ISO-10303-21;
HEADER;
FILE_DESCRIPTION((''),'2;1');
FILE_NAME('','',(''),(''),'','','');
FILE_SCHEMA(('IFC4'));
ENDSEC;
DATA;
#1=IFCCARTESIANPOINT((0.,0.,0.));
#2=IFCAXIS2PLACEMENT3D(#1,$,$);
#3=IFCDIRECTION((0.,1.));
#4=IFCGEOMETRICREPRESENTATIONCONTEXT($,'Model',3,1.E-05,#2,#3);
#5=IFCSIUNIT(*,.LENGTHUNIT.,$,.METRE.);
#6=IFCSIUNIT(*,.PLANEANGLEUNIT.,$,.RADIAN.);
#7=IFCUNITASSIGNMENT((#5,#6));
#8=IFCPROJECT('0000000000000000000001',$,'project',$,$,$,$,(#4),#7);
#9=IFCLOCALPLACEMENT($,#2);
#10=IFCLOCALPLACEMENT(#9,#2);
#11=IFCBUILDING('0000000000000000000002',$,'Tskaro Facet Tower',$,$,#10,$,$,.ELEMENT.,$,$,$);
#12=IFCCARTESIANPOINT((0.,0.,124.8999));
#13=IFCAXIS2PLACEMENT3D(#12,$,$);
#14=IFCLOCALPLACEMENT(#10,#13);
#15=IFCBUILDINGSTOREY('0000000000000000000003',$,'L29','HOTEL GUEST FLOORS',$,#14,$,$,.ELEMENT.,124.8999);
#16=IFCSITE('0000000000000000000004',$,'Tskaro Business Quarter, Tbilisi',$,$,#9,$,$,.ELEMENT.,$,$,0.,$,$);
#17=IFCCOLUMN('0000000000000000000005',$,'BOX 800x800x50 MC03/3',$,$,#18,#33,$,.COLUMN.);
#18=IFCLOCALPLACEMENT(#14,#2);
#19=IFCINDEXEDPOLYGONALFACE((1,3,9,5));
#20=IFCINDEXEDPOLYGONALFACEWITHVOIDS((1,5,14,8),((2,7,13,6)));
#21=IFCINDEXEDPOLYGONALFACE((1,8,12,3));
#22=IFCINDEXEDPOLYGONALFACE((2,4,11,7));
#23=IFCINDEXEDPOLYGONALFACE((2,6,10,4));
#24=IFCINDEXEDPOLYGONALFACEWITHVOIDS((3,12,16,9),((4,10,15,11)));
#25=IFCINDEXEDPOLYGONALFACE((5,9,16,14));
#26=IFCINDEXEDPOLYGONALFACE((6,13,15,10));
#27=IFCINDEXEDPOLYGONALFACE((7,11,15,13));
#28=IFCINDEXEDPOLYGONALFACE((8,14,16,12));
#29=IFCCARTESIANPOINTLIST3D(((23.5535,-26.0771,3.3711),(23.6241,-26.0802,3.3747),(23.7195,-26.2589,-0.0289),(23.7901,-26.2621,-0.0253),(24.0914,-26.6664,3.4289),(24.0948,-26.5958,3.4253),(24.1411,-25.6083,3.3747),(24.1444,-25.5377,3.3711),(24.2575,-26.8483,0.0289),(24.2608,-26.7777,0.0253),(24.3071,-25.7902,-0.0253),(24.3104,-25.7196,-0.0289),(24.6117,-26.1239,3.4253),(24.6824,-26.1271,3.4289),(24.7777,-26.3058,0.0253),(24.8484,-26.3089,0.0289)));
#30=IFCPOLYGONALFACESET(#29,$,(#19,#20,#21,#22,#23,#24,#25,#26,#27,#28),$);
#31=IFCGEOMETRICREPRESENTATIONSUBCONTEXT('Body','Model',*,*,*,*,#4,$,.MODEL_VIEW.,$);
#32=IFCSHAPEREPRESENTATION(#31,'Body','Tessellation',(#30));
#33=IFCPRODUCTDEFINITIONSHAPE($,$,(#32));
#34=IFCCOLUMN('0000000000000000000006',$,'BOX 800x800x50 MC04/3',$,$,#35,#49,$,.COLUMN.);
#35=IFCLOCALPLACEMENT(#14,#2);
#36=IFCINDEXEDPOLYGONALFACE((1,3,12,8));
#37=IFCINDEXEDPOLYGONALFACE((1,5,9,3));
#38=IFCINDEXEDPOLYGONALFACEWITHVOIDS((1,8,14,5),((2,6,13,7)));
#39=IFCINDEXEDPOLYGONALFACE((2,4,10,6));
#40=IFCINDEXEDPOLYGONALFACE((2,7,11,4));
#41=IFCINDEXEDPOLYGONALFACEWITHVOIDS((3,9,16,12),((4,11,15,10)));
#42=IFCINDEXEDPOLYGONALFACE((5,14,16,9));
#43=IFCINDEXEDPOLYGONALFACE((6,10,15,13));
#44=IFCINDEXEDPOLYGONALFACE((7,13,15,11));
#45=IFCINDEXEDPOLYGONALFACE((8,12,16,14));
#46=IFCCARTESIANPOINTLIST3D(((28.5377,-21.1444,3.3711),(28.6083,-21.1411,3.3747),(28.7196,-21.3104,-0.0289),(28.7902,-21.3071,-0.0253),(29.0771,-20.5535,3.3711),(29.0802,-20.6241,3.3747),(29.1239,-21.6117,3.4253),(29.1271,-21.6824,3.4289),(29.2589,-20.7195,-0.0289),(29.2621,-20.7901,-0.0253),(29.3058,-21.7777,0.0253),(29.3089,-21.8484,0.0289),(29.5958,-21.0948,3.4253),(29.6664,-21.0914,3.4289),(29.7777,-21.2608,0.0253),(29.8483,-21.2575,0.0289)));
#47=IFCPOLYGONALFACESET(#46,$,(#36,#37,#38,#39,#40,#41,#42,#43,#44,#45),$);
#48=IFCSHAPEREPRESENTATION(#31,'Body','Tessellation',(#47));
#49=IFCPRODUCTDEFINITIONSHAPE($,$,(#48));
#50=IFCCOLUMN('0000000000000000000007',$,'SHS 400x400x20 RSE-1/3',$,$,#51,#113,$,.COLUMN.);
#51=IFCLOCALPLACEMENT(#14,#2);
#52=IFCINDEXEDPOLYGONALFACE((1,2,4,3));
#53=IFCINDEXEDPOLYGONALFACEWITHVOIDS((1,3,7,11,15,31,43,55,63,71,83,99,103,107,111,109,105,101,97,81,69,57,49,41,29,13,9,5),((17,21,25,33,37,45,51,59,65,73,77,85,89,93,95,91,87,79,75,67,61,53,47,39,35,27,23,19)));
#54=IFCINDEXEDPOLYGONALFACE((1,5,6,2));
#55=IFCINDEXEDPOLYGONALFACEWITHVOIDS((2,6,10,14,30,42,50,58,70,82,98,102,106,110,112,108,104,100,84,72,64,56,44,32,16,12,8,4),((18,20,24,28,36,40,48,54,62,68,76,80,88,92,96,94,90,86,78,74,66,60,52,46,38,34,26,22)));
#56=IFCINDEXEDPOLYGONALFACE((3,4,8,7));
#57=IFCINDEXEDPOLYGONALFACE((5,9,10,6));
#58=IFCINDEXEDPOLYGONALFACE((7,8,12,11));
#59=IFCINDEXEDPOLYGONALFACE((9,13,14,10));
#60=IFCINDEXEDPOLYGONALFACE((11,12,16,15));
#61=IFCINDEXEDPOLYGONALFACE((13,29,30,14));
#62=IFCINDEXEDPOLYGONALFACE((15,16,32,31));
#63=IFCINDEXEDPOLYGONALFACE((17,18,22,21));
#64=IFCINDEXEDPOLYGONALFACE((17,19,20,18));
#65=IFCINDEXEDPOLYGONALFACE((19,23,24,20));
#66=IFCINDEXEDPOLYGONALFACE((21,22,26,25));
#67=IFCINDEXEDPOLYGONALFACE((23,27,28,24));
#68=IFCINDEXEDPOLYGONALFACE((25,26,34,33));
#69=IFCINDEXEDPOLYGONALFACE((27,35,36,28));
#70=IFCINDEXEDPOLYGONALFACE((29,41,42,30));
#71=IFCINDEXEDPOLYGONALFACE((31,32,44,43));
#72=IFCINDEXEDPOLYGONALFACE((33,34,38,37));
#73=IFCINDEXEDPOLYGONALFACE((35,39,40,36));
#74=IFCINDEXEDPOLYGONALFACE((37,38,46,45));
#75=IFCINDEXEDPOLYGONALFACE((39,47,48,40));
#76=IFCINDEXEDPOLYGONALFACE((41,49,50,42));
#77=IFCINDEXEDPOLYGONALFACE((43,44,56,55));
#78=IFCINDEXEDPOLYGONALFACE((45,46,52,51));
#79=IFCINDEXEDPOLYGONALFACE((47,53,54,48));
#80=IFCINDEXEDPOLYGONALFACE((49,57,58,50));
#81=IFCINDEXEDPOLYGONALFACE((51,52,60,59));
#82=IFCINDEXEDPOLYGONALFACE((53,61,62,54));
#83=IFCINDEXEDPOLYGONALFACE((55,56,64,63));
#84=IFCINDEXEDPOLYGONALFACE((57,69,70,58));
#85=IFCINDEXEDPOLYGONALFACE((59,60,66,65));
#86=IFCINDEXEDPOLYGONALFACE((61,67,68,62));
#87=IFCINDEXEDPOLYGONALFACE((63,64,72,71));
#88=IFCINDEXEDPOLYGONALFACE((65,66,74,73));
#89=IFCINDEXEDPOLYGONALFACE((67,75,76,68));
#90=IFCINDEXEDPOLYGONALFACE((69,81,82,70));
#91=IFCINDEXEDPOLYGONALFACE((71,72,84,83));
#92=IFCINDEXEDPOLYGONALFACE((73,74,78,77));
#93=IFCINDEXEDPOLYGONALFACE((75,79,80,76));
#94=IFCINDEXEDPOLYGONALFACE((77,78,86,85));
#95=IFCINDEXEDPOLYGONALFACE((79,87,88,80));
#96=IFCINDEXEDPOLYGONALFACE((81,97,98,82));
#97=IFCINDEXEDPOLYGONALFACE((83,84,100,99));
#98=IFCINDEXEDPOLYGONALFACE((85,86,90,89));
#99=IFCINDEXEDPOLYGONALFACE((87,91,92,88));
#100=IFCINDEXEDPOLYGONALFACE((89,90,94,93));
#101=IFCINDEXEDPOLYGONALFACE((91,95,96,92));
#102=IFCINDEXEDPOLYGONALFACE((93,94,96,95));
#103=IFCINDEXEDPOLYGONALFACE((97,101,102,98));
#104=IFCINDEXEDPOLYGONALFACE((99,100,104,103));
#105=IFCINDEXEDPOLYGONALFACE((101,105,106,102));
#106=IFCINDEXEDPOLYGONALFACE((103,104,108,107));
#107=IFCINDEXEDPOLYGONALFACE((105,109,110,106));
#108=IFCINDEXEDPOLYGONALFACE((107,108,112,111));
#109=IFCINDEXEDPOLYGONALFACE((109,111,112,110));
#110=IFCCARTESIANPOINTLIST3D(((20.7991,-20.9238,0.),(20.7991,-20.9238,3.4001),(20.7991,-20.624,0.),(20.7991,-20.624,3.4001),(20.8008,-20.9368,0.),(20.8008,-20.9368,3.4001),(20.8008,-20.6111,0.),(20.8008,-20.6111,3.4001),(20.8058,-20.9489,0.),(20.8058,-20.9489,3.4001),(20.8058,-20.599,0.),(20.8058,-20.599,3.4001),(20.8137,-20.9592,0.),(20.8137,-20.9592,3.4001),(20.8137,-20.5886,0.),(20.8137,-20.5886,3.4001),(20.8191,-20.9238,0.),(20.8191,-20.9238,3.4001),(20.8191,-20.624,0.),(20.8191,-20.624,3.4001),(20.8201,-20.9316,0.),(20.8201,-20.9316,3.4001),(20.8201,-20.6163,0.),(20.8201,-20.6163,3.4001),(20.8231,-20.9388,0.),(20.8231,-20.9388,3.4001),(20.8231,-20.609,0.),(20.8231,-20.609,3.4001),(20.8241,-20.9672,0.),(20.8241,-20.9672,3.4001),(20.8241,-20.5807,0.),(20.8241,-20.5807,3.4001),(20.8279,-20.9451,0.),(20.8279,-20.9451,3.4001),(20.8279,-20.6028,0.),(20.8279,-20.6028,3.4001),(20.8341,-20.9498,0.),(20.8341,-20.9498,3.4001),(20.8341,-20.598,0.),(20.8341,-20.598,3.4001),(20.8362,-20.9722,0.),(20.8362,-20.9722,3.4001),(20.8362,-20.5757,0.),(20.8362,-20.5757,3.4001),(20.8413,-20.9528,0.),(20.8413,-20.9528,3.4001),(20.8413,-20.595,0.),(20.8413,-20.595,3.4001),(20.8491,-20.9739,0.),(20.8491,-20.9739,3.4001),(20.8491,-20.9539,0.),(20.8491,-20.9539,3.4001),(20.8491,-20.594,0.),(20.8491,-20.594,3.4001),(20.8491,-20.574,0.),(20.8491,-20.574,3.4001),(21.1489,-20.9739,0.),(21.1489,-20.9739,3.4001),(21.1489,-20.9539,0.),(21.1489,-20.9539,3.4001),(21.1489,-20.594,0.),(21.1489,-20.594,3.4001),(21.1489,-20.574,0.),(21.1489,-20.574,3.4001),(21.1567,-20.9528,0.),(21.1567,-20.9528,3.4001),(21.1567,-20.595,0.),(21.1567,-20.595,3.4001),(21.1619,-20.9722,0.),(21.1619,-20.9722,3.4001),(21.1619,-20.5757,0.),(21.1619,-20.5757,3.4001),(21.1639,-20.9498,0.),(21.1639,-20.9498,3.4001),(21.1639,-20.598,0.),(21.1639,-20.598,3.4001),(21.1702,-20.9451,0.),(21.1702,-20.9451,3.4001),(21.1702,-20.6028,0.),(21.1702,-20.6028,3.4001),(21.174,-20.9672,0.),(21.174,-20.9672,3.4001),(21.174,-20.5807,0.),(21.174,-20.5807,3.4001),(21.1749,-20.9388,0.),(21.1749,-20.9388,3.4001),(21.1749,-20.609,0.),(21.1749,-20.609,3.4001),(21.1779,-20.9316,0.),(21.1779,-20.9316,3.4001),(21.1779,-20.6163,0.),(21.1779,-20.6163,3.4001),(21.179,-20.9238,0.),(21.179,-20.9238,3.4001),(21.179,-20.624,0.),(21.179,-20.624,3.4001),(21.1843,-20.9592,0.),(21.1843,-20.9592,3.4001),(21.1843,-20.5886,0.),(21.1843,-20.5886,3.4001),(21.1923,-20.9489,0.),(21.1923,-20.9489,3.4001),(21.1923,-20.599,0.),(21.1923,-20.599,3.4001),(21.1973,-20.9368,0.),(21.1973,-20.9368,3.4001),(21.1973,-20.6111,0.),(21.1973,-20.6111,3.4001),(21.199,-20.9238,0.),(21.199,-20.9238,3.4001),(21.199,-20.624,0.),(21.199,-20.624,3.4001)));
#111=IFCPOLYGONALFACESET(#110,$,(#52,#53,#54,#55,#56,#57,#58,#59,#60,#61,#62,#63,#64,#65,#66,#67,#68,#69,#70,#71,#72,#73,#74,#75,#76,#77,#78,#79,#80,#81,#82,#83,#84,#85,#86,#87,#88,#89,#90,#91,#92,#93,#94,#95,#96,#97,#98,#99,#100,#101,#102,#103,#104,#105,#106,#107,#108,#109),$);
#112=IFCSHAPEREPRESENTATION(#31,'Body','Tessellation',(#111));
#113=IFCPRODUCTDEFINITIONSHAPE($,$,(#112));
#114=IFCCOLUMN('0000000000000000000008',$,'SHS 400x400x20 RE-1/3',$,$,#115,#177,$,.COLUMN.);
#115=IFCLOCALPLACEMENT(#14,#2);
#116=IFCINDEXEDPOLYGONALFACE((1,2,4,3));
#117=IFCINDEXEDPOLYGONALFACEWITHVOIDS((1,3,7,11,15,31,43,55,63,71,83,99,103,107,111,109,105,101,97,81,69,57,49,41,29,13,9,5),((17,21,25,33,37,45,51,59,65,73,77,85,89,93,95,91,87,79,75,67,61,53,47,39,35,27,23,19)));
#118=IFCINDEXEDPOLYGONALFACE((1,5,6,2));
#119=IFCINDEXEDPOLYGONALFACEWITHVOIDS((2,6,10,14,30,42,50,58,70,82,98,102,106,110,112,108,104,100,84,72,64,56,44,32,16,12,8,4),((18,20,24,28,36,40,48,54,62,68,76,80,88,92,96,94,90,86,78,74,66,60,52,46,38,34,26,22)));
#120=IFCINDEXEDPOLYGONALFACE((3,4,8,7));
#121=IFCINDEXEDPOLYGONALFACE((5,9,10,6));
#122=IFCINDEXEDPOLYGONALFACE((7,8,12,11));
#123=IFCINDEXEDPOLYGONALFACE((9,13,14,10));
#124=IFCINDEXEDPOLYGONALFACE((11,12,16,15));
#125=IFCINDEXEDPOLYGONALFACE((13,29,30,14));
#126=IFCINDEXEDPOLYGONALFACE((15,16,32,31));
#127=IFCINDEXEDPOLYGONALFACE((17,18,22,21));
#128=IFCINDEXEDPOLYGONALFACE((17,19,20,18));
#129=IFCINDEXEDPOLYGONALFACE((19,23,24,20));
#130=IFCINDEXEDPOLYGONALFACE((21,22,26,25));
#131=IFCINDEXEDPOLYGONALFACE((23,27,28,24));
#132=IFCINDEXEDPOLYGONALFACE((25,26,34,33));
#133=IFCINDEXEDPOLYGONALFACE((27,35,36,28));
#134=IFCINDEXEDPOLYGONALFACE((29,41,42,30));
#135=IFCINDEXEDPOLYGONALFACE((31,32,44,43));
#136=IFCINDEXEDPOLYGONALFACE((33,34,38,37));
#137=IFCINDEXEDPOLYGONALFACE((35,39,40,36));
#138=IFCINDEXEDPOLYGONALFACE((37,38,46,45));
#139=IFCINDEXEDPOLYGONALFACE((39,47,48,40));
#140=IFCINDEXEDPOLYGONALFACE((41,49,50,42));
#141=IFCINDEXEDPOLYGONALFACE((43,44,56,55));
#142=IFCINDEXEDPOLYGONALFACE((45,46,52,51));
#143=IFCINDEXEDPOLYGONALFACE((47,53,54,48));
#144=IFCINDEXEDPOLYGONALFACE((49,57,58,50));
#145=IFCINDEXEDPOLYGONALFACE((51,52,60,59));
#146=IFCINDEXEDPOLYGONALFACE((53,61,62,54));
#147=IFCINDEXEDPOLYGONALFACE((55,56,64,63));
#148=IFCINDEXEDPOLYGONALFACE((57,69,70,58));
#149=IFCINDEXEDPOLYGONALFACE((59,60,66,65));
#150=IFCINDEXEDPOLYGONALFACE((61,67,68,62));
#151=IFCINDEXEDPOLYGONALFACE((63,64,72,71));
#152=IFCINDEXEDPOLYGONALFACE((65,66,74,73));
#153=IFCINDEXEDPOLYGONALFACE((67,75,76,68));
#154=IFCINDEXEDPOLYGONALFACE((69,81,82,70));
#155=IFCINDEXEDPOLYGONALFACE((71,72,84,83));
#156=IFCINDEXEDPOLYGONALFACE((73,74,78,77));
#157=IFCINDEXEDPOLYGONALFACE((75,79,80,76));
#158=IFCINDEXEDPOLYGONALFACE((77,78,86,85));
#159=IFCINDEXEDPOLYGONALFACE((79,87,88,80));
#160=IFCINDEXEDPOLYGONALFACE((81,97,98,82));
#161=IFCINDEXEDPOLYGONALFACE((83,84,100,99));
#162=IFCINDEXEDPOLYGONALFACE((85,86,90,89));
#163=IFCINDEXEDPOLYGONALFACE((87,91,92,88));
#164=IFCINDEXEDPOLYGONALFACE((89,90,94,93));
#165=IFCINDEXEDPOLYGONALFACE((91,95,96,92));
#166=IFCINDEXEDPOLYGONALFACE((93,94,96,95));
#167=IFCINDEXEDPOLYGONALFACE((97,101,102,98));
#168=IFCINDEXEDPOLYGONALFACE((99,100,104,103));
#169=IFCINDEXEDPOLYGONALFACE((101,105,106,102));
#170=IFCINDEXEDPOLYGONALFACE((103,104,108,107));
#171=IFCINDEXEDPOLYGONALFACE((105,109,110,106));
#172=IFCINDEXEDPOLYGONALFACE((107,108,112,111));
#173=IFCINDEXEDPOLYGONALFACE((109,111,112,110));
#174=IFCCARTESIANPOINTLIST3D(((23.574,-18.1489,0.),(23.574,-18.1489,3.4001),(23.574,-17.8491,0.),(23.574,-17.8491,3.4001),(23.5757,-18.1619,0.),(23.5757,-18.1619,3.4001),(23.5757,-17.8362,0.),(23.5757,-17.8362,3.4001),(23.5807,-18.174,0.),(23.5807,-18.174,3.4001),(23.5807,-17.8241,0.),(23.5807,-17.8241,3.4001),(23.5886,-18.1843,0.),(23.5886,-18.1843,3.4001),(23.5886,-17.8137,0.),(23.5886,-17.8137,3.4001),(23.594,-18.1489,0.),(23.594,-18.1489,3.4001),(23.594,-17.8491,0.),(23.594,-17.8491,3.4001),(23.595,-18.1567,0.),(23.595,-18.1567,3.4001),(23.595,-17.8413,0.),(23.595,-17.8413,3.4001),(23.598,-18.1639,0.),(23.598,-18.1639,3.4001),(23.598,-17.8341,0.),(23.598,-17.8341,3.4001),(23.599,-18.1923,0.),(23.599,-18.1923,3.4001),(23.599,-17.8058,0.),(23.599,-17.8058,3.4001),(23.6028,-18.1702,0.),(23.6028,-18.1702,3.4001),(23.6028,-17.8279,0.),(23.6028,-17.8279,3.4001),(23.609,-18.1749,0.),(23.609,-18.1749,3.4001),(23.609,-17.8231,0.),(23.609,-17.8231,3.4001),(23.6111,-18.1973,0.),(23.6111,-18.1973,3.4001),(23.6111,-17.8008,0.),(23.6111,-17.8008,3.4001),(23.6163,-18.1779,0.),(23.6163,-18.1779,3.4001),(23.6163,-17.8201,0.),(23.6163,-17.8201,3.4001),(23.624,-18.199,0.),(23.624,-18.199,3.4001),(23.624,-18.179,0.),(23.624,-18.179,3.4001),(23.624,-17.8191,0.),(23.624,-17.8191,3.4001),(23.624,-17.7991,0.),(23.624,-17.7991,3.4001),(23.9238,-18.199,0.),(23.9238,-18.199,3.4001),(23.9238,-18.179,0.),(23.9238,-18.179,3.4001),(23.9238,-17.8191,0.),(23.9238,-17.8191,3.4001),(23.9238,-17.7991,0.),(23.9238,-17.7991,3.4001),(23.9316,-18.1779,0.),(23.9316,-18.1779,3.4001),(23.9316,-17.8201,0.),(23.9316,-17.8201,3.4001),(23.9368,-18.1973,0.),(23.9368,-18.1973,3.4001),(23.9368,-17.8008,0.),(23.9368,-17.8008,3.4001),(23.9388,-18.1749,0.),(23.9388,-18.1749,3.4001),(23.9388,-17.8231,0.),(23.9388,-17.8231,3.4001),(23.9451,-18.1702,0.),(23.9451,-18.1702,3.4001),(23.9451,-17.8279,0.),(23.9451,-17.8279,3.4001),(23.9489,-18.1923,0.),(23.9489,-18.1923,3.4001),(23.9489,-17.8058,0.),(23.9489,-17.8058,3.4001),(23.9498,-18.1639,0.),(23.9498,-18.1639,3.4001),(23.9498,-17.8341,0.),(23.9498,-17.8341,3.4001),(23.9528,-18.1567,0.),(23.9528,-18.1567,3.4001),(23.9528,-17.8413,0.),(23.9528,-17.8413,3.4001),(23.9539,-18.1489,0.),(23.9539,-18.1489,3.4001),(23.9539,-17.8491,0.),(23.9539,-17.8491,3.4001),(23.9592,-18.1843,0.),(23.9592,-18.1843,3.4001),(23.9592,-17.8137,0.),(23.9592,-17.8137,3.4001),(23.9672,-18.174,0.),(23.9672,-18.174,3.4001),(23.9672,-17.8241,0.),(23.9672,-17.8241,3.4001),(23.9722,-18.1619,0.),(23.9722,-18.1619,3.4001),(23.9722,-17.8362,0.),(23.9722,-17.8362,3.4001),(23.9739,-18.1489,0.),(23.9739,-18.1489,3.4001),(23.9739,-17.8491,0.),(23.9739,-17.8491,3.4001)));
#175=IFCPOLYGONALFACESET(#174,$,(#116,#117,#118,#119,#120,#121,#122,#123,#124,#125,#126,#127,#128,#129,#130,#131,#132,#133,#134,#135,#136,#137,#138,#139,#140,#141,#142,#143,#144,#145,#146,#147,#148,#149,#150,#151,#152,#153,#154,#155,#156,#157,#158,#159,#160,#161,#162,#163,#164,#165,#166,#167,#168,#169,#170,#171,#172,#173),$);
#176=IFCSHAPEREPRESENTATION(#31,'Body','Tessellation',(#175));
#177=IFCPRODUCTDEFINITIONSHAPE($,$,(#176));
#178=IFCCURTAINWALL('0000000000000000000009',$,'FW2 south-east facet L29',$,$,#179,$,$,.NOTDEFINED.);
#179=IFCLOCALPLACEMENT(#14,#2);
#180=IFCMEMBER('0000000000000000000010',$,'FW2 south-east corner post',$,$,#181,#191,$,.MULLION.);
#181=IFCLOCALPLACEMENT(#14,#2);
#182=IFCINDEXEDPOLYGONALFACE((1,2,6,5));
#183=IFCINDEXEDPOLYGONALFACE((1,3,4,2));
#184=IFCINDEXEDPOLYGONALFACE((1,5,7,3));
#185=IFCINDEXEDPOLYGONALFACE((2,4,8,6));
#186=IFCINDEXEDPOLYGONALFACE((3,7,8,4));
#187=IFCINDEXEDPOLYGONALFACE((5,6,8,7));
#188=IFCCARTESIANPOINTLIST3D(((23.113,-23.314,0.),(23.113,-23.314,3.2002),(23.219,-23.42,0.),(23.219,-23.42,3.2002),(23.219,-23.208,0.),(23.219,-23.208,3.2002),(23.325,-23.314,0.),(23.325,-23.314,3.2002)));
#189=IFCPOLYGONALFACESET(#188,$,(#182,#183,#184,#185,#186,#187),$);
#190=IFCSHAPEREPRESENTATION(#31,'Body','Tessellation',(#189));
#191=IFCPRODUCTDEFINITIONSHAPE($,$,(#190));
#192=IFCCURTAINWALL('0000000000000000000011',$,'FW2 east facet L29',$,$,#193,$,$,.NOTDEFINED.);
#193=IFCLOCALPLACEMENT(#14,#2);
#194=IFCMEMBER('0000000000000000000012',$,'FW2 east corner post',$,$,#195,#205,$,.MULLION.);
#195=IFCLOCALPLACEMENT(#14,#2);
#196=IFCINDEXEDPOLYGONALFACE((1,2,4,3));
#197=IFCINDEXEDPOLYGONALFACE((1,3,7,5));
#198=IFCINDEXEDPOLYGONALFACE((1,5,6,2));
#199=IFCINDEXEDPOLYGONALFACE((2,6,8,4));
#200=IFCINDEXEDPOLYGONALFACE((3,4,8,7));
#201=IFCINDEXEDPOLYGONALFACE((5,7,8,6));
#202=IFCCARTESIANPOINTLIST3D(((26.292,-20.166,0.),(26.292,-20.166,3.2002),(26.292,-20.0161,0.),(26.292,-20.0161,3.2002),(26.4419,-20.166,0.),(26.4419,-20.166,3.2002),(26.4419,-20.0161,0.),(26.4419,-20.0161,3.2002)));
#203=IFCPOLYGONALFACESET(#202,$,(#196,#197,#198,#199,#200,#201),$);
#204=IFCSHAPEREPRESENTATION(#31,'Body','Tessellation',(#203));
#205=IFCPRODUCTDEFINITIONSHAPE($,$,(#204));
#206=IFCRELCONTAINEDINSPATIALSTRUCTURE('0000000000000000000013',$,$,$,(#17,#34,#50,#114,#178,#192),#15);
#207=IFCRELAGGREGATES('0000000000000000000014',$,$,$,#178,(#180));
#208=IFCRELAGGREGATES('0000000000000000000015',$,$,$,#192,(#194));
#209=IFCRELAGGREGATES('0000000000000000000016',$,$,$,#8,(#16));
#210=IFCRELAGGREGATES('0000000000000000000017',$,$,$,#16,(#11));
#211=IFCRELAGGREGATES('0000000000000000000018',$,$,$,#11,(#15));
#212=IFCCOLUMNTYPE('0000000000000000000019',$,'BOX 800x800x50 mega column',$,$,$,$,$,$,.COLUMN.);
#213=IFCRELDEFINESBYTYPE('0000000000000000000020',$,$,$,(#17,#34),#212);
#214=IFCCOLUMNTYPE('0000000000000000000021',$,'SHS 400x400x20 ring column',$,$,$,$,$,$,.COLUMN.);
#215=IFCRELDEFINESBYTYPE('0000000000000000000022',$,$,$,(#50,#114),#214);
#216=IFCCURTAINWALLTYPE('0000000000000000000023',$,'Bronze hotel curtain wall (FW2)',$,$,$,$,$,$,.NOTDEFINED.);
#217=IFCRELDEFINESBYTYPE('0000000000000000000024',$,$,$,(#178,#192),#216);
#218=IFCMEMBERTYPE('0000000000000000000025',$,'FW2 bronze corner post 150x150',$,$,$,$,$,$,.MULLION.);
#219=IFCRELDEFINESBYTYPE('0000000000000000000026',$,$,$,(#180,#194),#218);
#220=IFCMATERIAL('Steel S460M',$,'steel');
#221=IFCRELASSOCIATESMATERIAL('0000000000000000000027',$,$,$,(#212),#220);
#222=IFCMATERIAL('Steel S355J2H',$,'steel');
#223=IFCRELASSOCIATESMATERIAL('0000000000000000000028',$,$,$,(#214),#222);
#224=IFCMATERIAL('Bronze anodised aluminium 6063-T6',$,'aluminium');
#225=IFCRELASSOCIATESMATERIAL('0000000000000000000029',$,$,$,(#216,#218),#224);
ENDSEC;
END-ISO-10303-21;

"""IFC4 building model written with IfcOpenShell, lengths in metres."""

from ifc_helpers import new_model, si_unit, direction, frame, origin, origin_2d, place, context, subcontext, project, spatial, rectangle, hollow_rectangle, extrude, material, material_profile, profile_set, type_object, element, aggregate, save


model = new_model("IFC4")

# Units and contexts
model_context = context("Model", 3, precision=1e-05, world=origin(), true_north=direction((0.0, 1.0)))
body_context = subcontext(model_context, "Body", "Model", "MODEL_VIEW")
ifc_project = project(units=[si_unit("LENGTHUNIT", "METRE"), si_unit("PLANEANGLEUNIT", "RADIAN")], contexts=[model_context])

# Site, building, storey
site_placement = place(None, origin())
site = spatial("IfcSite", under=ifc_project, at=site_placement, Name="Tskaro Business Quarter, Tbilisi", CompositionType="ELEMENT", RefElevation=0.0)
building_placement = place(site_placement, origin())
building = spatial("IfcBuilding", under=site, at=building_placement, Name="Tskaro Facet Tower", CompositionType="ELEMENT")
storey_placement = place(building_placement, frame((0.0, 0.0, 124.8999)))
storey = spatial("IfcBuildingStorey", under=building, at=storey_placement, Name="L29", Description="HOTEL GUEST FLOORS", CompositionType="ELEMENT", Elevation=124.8999)

# Columns
ifc_material_1 = material(Name="Steel S460M", Category="steel")
ifc_material_profile_1 = material_profile(ifc_material_1, hollow_rectangle(XDim=0.8, YDim=0.8, WallThickness=0.05, at=origin_2d()), Name="BOX 800x800x50")
ifc_profile_set_1 = profile_set([ifc_material_profile_1], Name="Steel S460M")
column_type_1 = type_object("IfcColumnType", Name="BOX 800x800x50 mega column", PredefinedType="COLUMN", material=ifc_profile_set_1)
for number, where, z_axis, x_axis, name in (
    (1, (24.2839, -26.2839, 0.0), (-0.048698, 0.053353, 0.997388), (-0.738593, -0.674152, 0.0), "BOX 800x800x50 MC03/3"),
    (2, (29.2839, -21.2839, 0.0), (-0.053353, 0.048698, 0.997388), (-0.674152, -0.738593, 0.0), "BOX 800x800x50 MC04/3"),
):
    element("IfcColumn", number, at=place(storey_placement, frame(where, z_axis=z_axis, x_axis=x_axis)), inside=storey, type_object=column_type_1, Name=name, PredefinedType="COLUMN", context=body_context, shape_type="SweptSolid", body=[
        extrude(hollow_rectangle(XDim=0.8, YDim=0.8, WallThickness=0.05, at=origin_2d()), origin(), (0.0, 0.0, 1.0), 3.4089),
    ])
ifc_material_2 = material(Name="Steel S355J2H", Category="steel")
ifc_material_profile_2 = material_profile(ifc_material_2, hollow_rectangle(XDim=0.3999, YDim=0.3999, WallThickness=0.02, InnerFilletRadius=0.03, OuterFilletRadius=0.05, at=origin_2d()), Name="SHS 400x400x20")
ifc_profile_set_2 = profile_set([ifc_material_profile_2], Name="Steel S355J2H")
column_type_2 = type_object("IfcColumnType", Name="SHS 400x400x20 ring column", PredefinedType="COLUMN", material=ifc_profile_set_2)
for number, where, z_axis, x_axis, name in (
    (3, (20.999, -20.7739, 0.0), (0.0, 0.0, 1.0), (1.0, 0.0, 0.0), "SHS 400x400x20 RSE-1/3"),
    (4, (23.7739, -17.999, 0.0), (0.0, 0.0, 1.0), (1.0, 0.0, 0.0), "SHS 400x400x20 RE-1/3"),
):
    element("IfcColumn", number, at=place(storey_placement, frame(where, z_axis=z_axis, x_axis=x_axis)), inside=storey, type_object=column_type_2, Name=name, PredefinedType="COLUMN", context=body_context, shape_type="SweptSolid", body=[
        extrude(hollow_rectangle(XDim=0.3999, YDim=0.3999, WallThickness=0.02, InnerFilletRadius=0.03, OuterFilletRadius=0.05, at=origin_2d()), origin(), (0.0, 0.0, 1.0), 3.4001),
    ])

# Curtain wall, member
ifc_material_3 = material(Name="Bronze anodised aluminium 6063-T6", Category="aluminium")
curtain_wall_type = type_object("IfcCurtainWallType", Name="Bronze hotel curtain wall (FW2)", PredefinedType="NOTDEFINED", material=ifc_material_3)
curtain_wall_1_placement = place(storey_placement, origin())
curtain_wall_1 = element("IfcCurtainWall", 5, at=curtain_wall_1_placement, inside=storey, type_object=curtain_wall_type, Name="FW2 south-east facet L29", PredefinedType="NOTDEFINED")
ifc_material_profile_3 = material_profile(ifc_material_3, rectangle(XDim=0.1499, YDim=0.1499, at=origin_2d()), Name="Corner post 150x150")
ifc_profile_set_3 = profile_set([ifc_material_profile_3], Name="Bronze anodised aluminium 6063-T6")
member_type_1 = type_object("IfcMemberType", Name="FW2 bronze corner post 150x150", PredefinedType="MULLION", material=ifc_profile_set_3)
member_1_placement = place(storey_placement, frame((23.219, -23.314, 0.0), z_axis=(0.0, 0.0, 1.0), x_axis=(0.707107, 0.707107, 0.0)))
member_1 = element("IfcMember", 6, at=member_1_placement, type_object=member_type_1, Name="FW2 south-east corner post", PredefinedType="MULLION", context=body_context, shape_type="SweptSolid", body=[
    extrude(rectangle(XDim=0.1499, YDim=0.1499, at=origin_2d()), origin(), (0.0, 0.0, 1.0), 3.2002),
])

# Curtain wall, member
curtain_wall_2_placement = place(storey_placement, origin())
curtain_wall_2 = element("IfcCurtainWall", 7, at=curtain_wall_2_placement, inside=storey, type_object=curtain_wall_type, Name="FW2 east facet L29", PredefinedType="NOTDEFINED")
member_2_placement = place(storey_placement, frame((26.3669, -20.0911, 0.0), z_axis=(0.0, 0.0, 1.0), x_axis=(0.0, 1.0, 0.0)))
member_2 = element("IfcMember", 8, at=member_2_placement, type_object=member_type_1, Name="FW2 east corner post", PredefinedType="MULLION", context=body_context, shape_type="SweptSolid", body=[
    extrude(rectangle(XDim=0.1499, YDim=0.1499, at=origin_2d()), origin(), (0.0, 0.0, 1.0), 3.2002),
])

aggregate(curtain_wall_1, [member_1])
aggregate(curtain_wall_2, [member_2])

save(model, "model.ifc")
